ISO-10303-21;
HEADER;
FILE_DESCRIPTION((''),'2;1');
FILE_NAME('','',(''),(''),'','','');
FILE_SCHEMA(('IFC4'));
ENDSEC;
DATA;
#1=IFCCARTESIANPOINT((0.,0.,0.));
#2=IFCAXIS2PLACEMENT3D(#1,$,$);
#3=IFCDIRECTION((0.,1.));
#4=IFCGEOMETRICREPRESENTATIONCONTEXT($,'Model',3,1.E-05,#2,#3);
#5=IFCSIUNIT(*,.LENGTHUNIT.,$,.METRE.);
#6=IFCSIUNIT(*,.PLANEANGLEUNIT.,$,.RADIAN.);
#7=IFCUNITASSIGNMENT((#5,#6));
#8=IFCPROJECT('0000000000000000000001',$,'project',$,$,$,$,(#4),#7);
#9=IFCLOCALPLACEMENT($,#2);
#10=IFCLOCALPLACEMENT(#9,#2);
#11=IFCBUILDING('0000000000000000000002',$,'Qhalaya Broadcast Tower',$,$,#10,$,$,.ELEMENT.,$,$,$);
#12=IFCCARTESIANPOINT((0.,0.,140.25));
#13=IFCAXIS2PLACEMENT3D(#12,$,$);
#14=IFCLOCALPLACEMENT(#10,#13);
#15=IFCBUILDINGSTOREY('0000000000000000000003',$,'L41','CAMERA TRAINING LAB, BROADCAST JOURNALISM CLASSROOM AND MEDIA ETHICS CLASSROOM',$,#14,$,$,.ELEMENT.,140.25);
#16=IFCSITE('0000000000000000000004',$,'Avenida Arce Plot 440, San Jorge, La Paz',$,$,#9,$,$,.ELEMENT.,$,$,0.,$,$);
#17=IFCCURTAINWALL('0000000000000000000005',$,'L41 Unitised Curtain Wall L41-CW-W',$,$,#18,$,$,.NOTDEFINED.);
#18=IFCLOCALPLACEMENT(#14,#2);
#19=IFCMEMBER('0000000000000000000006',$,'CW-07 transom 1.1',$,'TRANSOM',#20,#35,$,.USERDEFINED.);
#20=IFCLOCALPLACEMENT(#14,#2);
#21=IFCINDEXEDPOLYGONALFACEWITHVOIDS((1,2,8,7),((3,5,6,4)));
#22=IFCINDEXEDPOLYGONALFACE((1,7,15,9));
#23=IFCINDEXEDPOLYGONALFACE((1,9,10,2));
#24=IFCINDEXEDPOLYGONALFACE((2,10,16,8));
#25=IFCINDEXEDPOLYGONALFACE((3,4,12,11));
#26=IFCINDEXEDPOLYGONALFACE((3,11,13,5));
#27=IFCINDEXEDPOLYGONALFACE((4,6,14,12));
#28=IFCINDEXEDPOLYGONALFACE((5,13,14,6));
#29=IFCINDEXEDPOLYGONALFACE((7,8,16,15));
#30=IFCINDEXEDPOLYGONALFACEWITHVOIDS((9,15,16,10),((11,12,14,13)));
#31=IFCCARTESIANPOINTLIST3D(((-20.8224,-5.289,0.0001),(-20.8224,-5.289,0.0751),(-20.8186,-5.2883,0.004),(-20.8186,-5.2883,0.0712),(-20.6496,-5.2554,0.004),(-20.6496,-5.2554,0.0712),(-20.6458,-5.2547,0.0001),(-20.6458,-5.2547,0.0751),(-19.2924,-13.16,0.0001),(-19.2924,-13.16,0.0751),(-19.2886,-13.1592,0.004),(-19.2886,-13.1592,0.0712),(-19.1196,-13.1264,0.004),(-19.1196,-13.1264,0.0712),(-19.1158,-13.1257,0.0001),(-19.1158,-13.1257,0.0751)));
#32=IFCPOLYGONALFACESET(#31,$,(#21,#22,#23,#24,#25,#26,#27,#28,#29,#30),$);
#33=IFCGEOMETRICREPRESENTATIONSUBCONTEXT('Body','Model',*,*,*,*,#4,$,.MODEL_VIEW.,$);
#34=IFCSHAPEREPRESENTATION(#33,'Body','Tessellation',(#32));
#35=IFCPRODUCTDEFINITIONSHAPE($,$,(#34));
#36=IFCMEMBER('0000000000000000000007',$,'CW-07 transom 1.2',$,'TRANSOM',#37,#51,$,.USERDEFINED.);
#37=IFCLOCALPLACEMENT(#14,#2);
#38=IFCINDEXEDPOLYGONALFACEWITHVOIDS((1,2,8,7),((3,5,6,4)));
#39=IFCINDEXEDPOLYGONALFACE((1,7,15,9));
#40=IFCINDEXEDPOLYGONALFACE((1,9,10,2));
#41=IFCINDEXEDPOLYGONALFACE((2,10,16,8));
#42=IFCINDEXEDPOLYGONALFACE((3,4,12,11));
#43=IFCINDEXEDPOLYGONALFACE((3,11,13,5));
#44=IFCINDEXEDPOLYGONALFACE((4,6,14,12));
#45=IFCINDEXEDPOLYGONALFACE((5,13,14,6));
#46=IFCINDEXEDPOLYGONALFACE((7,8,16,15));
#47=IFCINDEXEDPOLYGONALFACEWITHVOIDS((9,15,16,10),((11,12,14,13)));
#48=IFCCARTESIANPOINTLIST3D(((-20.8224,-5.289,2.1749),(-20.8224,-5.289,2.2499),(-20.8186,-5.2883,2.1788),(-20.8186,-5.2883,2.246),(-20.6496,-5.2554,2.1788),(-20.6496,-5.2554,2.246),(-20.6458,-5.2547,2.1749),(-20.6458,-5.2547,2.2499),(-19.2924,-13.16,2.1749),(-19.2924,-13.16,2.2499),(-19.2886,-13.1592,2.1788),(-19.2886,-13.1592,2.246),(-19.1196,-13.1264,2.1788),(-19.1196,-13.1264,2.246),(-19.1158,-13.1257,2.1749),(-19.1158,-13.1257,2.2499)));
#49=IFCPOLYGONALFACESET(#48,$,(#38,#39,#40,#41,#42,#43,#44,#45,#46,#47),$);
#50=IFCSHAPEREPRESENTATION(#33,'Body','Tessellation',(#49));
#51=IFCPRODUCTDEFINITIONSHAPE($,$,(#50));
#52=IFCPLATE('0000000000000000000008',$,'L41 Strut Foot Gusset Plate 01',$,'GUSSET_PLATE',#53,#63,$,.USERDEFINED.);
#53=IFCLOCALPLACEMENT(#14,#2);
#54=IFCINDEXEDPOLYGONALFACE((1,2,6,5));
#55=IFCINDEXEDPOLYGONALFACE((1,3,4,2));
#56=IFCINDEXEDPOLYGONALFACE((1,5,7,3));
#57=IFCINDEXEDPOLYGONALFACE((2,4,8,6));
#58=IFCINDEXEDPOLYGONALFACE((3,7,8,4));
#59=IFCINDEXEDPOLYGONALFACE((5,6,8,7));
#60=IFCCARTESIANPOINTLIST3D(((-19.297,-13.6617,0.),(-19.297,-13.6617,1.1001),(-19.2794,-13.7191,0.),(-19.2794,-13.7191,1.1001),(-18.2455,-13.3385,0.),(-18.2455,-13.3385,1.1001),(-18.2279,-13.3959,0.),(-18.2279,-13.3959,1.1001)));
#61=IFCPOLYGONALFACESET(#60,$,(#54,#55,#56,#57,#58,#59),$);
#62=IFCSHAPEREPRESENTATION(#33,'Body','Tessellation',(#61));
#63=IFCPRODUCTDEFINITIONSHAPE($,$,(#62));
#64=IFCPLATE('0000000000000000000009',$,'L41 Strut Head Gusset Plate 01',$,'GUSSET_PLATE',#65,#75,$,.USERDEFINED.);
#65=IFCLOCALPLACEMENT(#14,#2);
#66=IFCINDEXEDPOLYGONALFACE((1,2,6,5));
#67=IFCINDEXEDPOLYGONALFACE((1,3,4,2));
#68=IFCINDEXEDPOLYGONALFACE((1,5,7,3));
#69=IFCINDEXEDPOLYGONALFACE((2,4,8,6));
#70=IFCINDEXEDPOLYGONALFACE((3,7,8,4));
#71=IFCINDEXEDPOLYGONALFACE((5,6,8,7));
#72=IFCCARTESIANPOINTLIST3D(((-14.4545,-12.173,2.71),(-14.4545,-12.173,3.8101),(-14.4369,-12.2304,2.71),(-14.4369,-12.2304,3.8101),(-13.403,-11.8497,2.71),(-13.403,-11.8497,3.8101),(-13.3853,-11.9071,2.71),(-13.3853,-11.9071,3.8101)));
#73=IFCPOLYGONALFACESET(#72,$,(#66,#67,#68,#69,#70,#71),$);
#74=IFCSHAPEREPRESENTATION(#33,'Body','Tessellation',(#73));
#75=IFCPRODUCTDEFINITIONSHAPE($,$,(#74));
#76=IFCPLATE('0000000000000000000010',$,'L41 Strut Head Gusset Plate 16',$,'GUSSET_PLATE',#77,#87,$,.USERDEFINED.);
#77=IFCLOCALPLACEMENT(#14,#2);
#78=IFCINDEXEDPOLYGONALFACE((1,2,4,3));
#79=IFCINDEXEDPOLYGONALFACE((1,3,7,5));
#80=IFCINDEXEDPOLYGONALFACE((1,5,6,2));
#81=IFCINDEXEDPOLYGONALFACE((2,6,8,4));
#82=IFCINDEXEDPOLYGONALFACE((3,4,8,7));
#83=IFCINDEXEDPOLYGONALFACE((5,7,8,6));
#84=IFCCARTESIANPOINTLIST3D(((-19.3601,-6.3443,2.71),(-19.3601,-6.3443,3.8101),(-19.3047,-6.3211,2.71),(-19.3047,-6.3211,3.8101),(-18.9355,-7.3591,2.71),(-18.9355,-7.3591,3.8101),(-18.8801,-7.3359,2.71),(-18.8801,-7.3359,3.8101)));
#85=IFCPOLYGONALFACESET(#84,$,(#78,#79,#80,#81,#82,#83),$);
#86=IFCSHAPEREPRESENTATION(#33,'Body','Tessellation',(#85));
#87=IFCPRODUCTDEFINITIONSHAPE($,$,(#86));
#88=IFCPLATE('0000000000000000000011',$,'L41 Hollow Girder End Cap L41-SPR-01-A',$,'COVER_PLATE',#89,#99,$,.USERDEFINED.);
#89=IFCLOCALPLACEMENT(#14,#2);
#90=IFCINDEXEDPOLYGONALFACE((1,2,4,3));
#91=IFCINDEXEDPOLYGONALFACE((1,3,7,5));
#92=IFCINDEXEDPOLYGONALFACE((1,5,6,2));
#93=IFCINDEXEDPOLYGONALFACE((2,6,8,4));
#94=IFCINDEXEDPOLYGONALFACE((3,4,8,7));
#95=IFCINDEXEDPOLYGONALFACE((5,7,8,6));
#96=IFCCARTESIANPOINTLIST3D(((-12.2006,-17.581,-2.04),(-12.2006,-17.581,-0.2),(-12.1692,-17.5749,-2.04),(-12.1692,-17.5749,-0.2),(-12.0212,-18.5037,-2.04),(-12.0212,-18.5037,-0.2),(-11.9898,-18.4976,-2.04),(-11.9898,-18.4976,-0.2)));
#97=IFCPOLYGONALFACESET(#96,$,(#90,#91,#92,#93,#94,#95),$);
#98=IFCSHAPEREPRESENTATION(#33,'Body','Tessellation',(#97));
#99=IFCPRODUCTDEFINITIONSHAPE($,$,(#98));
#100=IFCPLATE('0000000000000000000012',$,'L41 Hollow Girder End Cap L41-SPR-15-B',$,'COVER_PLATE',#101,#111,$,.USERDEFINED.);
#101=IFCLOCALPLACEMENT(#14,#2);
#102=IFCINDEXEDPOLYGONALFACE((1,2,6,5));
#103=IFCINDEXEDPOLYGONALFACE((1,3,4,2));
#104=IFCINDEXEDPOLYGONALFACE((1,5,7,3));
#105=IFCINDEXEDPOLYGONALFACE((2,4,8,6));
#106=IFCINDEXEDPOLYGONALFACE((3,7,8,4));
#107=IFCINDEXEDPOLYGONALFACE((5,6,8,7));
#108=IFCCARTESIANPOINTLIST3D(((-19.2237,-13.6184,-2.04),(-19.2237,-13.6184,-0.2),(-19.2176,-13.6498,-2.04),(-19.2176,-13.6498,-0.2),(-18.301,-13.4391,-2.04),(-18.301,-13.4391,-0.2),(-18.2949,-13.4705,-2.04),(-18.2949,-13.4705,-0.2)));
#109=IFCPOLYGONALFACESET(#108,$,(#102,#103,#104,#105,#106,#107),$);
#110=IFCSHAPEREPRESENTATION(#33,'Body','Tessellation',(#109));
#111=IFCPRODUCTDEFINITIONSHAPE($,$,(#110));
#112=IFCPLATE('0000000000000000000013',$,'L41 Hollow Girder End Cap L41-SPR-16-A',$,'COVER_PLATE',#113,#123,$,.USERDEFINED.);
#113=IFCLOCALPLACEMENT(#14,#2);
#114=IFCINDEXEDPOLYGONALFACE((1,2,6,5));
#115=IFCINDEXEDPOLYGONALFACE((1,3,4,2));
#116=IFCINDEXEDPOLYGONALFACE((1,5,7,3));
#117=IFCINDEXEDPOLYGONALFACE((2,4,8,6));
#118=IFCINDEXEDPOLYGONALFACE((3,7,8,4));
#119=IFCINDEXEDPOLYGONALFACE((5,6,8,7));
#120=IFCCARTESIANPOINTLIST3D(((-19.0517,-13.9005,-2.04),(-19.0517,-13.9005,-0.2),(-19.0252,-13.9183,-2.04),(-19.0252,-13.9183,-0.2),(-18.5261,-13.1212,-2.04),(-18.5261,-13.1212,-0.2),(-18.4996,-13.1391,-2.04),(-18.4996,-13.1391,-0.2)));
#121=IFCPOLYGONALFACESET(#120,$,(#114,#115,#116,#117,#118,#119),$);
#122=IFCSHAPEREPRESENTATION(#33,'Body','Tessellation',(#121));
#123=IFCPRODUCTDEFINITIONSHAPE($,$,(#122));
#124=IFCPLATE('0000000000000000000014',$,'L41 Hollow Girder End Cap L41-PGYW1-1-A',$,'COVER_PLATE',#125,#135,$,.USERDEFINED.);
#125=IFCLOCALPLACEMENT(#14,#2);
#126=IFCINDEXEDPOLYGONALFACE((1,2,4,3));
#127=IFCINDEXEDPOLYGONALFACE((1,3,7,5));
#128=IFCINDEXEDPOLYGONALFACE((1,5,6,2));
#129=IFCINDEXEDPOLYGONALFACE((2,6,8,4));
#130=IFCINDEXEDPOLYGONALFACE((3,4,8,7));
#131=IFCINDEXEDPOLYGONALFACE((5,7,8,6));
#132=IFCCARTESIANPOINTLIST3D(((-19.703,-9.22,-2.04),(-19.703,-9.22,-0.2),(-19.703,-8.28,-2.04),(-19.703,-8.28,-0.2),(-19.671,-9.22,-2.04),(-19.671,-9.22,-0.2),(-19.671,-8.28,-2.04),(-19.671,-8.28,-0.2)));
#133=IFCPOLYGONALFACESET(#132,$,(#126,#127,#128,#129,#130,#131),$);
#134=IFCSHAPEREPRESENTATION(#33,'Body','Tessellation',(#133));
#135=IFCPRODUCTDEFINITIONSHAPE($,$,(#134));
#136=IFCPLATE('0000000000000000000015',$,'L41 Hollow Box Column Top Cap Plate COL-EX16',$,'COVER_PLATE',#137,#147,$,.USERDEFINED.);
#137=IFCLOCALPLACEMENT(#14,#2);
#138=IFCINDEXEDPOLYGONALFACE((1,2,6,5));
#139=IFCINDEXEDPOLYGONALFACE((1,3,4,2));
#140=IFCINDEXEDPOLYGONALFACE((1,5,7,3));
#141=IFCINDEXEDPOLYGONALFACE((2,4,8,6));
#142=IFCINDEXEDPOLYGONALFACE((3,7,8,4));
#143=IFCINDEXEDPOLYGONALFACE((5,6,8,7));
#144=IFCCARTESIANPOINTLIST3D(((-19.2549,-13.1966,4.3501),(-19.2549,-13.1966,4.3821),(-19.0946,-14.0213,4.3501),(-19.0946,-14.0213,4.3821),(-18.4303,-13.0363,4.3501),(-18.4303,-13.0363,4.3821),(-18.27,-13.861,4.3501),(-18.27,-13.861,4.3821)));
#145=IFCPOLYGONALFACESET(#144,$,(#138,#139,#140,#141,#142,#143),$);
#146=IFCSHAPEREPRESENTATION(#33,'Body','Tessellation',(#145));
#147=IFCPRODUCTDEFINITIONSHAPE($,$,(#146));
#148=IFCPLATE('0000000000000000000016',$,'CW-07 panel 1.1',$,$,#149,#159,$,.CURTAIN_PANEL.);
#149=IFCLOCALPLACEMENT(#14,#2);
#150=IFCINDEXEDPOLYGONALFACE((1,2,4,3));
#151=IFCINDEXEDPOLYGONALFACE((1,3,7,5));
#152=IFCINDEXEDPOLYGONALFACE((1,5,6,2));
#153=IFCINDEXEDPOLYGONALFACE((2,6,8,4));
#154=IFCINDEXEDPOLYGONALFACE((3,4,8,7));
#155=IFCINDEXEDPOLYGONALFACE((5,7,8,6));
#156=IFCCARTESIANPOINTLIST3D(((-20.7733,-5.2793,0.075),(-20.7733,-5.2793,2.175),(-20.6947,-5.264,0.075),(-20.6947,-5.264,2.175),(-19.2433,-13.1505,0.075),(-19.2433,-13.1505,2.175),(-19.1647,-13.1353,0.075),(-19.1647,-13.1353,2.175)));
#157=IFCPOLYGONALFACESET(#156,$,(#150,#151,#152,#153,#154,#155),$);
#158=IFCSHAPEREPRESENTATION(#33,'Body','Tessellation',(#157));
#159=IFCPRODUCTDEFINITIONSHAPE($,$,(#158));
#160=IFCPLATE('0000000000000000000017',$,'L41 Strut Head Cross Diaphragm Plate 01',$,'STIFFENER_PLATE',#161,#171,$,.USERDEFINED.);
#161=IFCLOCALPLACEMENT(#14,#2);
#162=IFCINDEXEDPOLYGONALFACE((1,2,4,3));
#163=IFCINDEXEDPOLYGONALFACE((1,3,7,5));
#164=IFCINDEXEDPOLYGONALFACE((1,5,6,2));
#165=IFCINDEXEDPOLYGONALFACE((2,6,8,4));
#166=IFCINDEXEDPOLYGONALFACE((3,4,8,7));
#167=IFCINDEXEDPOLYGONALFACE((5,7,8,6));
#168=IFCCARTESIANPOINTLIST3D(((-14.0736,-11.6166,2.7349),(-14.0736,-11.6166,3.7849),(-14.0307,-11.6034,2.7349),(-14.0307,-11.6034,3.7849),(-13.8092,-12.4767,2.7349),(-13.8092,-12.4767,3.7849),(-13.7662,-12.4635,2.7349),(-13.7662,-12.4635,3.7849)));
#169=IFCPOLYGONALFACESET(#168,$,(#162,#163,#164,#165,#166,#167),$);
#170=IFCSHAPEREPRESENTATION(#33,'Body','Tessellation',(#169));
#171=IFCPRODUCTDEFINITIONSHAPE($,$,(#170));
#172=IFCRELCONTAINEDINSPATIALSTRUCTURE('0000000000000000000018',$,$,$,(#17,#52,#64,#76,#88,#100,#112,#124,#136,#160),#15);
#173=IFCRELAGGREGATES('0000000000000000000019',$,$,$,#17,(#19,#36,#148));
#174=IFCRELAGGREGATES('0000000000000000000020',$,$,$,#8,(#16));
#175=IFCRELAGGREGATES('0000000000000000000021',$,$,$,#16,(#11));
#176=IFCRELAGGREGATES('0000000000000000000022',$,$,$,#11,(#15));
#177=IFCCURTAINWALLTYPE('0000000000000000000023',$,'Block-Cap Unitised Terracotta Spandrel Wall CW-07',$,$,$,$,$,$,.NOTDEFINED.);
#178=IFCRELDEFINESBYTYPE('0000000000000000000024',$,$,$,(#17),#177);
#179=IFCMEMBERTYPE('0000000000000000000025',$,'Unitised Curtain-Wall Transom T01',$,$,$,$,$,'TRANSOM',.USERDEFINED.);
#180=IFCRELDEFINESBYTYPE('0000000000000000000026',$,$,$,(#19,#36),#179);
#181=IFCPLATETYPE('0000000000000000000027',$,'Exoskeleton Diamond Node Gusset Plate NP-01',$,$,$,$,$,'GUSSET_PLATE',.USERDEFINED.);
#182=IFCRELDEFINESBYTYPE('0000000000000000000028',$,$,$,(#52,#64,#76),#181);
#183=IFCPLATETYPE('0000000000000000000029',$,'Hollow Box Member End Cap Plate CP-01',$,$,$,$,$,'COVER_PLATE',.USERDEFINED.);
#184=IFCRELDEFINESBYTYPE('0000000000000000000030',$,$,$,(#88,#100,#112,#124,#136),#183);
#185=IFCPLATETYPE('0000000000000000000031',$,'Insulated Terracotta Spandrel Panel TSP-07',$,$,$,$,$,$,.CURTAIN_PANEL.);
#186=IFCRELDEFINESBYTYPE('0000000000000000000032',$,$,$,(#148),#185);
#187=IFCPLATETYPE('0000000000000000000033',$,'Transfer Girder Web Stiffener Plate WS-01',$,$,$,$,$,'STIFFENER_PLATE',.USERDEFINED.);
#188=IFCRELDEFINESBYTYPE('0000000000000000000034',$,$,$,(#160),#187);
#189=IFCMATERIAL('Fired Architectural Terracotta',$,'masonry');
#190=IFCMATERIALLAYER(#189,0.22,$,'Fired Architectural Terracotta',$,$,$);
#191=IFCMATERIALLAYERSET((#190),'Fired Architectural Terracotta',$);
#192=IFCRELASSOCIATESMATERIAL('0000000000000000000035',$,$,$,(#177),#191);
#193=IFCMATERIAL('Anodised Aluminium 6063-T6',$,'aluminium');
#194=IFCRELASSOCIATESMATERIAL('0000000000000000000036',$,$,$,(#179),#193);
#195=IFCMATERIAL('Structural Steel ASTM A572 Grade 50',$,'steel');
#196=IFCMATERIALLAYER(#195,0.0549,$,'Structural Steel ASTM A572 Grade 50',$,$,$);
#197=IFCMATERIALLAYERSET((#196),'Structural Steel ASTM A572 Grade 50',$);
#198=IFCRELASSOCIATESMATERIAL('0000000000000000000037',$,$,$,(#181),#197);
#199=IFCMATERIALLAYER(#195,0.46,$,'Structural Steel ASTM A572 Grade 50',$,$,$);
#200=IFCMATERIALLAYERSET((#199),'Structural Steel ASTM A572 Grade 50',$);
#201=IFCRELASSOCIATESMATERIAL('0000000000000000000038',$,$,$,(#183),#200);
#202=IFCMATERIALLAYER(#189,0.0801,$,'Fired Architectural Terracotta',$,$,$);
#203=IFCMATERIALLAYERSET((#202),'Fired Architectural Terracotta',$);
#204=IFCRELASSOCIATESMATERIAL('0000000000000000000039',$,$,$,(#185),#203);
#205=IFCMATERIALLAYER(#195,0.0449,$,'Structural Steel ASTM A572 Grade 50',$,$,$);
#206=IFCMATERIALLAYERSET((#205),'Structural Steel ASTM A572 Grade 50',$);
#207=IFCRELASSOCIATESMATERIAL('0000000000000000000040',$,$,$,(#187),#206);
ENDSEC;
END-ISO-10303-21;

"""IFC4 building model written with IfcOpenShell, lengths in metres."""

from ifc_helpers import new_model, si_unit, direction, frame, origin, origin_2d, place, context, subcontext, project, spatial, rectangle, hollow_rectangle, extrude, material, layer, layer_set, material_profile, profile_set, type_object, element, aggregate, save


model = new_model("IFC4")

# Units and contexts
model_context = context("Model", 3, precision=1e-05, world=origin(), true_north=direction((0.0, 1.0)))
body_context = subcontext(model_context, "Body", "Model", "MODEL_VIEW")
ifc_project = project(units=[si_unit("LENGTHUNIT", "METRE"), si_unit("PLANEANGLEUNIT", "RADIAN")], contexts=[model_context])

# Site, building, storey
site_placement = place(None, origin())
site = spatial("IfcSite", under=ifc_project, at=site_placement, Name="Avenida Arce Plot 440, San Jorge, La Paz", CompositionType="ELEMENT", RefElevation=0.0)
building_placement = place(site_placement, origin())
building = spatial("IfcBuilding", under=site, at=building_placement, Name="Qhalaya Broadcast Tower", CompositionType="ELEMENT")
storey_placement = place(building_placement, frame((0.0, 0.0, 140.25)))
storey = spatial("IfcBuildingStorey", under=building, at=storey_placement, Name="L41", Description="CAMERA TRAINING LAB, BROADCAST JOURNALISM CLASSROOM AND MEDIA ETHICS CLASSROOM", CompositionType="ELEMENT", Elevation=140.25)

# Shared definitions
ifc_material_1 = material(Name="Structural Steel ASTM A572 Grade 50", Category="steel")

# Curtain wall, members
ifc_material_2 = material(Name="Fired Architectural Terracotta", Category="masonry")
ifc_layer_1 = layer(ifc_material_2, 0.22, Name="Fired Architectural Terracotta")
ifc_layer_set_1 = layer_set([ifc_layer_1], Name="Fired Architectural Terracotta")
curtain_wall_type = type_object("IfcCurtainWallType", Name="Block-Cap Unitised Terracotta Spandrel Wall CW-07", PredefinedType="NOTDEFINED", material=ifc_layer_set_1)
curtain_wall_placement = place(storey_placement, origin())
curtain_wall = element("IfcCurtainWall", 1, at=curtain_wall_placement, inside=storey, type_object=curtain_wall_type, Name="L41 Unitised Curtain Wall L41-CW-W", PredefinedType="NOTDEFINED")
ifc_material_3 = material(Name="Anodised Aluminium 6063-T6", Category="aluminium")
ifc_material_profile_1 = material_profile(ifc_material_3, hollow_rectangle(XDim=0.075, YDim=0.1799, WallThickness=0.0039, at=origin_2d()), Name="ALU-TRN 75x180x4")
ifc_profile_set_1 = profile_set([ifc_material_profile_1], Name="Anodised Aluminium 6063-T6")
member_type_1 = type_object("IfcMemberType", Name="Unitised Curtain-Wall Transom T01", ElementType="TRANSOM", PredefinedType="USERDEFINED", material=ifc_profile_set_1)
member_1_placement = place(storey_placement, frame((-19.2041, -13.1428, 0.0376), z_axis=(-0.190814, 0.981626, 0.0), x_axis=(0.0, 0.0, 1.0)))
member_1 = element("IfcMember", 2, at=member_1_placement, type_object=member_type_1, Name="CW-07 transom 1.1", ObjectType="TRANSOM", PredefinedType="USERDEFINED", context=body_context, shape_type="SweptSolid", body=[
    extrude(hollow_rectangle(XDim=0.075, YDim=0.1799, WallThickness=0.0039, at=origin_2d()), origin(), (0.0, 0.0, 1.0), 8.0183),
])
member_2_placement = place(storey_placement, frame((-19.2041, -13.1428, 2.2124), z_axis=(-0.190814, 0.981626, 0.0), x_axis=(0.0, 0.0, 1.0)))
member_2 = element("IfcMember", 3, at=member_2_placement, type_object=member_type_1, Name="CW-07 transom 1.2", ObjectType="TRANSOM", PredefinedType="USERDEFINED", context=body_context, shape_type="SweptSolid", body=[
    extrude(hollow_rectangle(XDim=0.075, YDim=0.1799, WallThickness=0.0039, at=origin_2d()), origin(), (0.0, 0.0, 1.0), 8.0183),
])

# Plates
ifc_layer_2 = layer(ifc_material_1, 0.0549, Name="Structural Steel ASTM A572 Grade 50")
ifc_layer_set_2 = layer_set([ifc_layer_2], Name="Structural Steel ASTM A572 Grade 50")
plate_type_1 = type_object("IfcPlateType", Name="Exoskeleton Diamond Node Gusset Plate NP-01", ElementType="GUSSET_PLATE", PredefinedType="USERDEFINED", material=ifc_layer_set_2)
for number, where, z_axis, x_axis, name in (
    (4, (-18.7625, -13.5288, 0.0), (0.0, 0.0, 1.0), (0.955849, 0.293857, 0.0), "L41 Strut Foot Gusset Plate 01"),
    (5, (-13.9199, -12.04, 2.71), (0.0, 0.0, 1.0), (0.955849, 0.293857, 0.0), "L41 Strut Head Gusset Plate 01"),
    (6, (-19.1201, -6.8401, 2.71), (0.0, 0.0, 1.0), (0.385987, -0.922504, 0.0), "L41 Strut Head Gusset Plate 16"),
):
    element("IfcPlate", number, at=place(storey_placement, frame(where, z_axis=z_axis, x_axis=x_axis)), inside=storey, type_object=plate_type_1, Name=name, ObjectType="GUSSET_PLATE", PredefinedType="USERDEFINED", context=body_context, shape_type="SweptSolid", body=[
        extrude(rectangle(XDim=1.1001, YDim=0.0601, at=origin_2d()), origin(), (0.0, 0.0, 1.0), 1.1001),
    ])
ifc_layer_3 = layer(ifc_material_1, 0.46, Name="Structural Steel ASTM A572 Grade 50")
ifc_layer_set_3 = layer_set([ifc_layer_3], Name="Structural Steel ASTM A572 Grade 50")
plate_type_2 = type_object("IfcPlateType", Name="Hollow Box Member End Cap Plate CP-01", ElementType="COVER_PLATE", PredefinedType="USERDEFINED", material=ifc_layer_set_3)
for number, where, z_axis, x_axis, name in (
    (7, (-12.0952, -18.0393, -2.04), (0.0, 0.0, 1.0), (-0.190809, 0.981627, 0.0), "L41 Hollow Girder End Cap L41-SPR-01-A"),
    (8, (-18.7593, -13.5444, -2.04), (0.0, 0.0, 1.0), (0.981627, 0.190809, 0.0), "L41 Hollow Girder End Cap L41-SPR-15-B"),
    (9, (-18.7756, -13.5198, -2.04), (0.0, 0.0, 1.0), (0.559193, 0.829038, 0.0), "L41 Hollow Girder End Cap L41-SPR-16-A"),
    (10, (-19.687, -8.75, -2.04), (0.0, 0.0, 1.0), (0.0, 1.0, 0.0), "L41 Hollow Girder End Cap L41-PGYW1-1-A"),
):
    element("IfcPlate", number, at=place(storey_placement, frame(where, z_axis=z_axis, x_axis=x_axis)), inside=storey, type_object=plate_type_2, Name=name, ObjectType="COVER_PLATE", PredefinedType="USERDEFINED", context=body_context, shape_type="SweptSolid", body=[
        extrude(rectangle(XDim=0.9399, YDim=0.032, at=origin_2d()), origin(), (0.0, 0.0, 1.0), 1.8401),
    ])
plate_1_placement = place(storey_placement, frame((-18.7625, -13.5288, 4.3501), z_axis=(0.0, 0.0, 1.0), x_axis=(-0.190809, 0.981627, 0.0)))
element("IfcPlate", 11, at=plate_1_placement, inside=storey, type_object=plate_type_2, Name="L41 Hollow Box Column Top Cap Plate COL-EX16", ObjectType="COVER_PLATE", PredefinedType="USERDEFINED", context=body_context, shape_type="SweptSolid", body=[
    extrude(rectangle(XDim=0.8401, YDim=0.8401, at=origin_2d()), origin(), (0.0, 0.0, 1.0), 0.032),
])

# Plates
ifc_layer_4 = layer(ifc_material_2, 0.0801, Name="Fired Architectural Terracotta")
ifc_layer_set_4 = layer_set([ifc_layer_4], Name="Fired Architectural Terracotta")
plate_type_3 = type_object("IfcPlateType", Name="Insulated Terracotta Spandrel Panel TSP-07", PredefinedType="CURTAIN_PANEL", material=ifc_layer_set_4)
plate_2_placement = place(storey_placement, frame((-19.969, -9.2073, 0.075), z_axis=(0.0, 0.0, 1.0), x_axis=(-0.19081, 0.981627, 0.0)))
plate_2 = element("IfcPlate", 12, at=plate_2_placement, type_object=plate_type_3, Name="CW-07 panel 1.1", PredefinedType="CURTAIN_PANEL", context=body_context, shape_type="SweptSolid", body=[
    extrude(rectangle(XDim=8.0186, YDim=0.0801, at=origin_2d()), origin(), (0.0, 0.0, 1.0), 2.1001),
])
aggregate(curtain_wall, [member_1, member_2, plate_2])
ifc_layer_5 = layer(ifc_material_1, 0.0449, Name="Structural Steel ASTM A572 Grade 50")
ifc_layer_set_5 = layer_set([ifc_layer_5], Name="Structural Steel ASTM A572 Grade 50")
plate_type_4 = type_object("IfcPlateType", Name="Transfer Girder Web Stiffener Plate WS-01", ElementType="STIFFENER_PLATE", PredefinedType="USERDEFINED", material=ifc_layer_set_5)
plate_3_placement = place(storey_placement, frame((-13.9199, -12.04, 2.7349), z_axis=(0.0, 0.0, 1.0), x_axis=(-0.293857, 0.955849, 0.0)))
element("IfcPlate", 13, at=plate_3_placement, inside=storey, type_object=plate_type_4, Name="L41 Strut Head Cross Diaphragm Plate 01", ObjectType="STIFFENER_PLATE", PredefinedType="USERDEFINED", context=body_context, shape_type="SweptSolid", body=[
    extrude(rectangle(XDim=0.8999, YDim=0.0449, at=origin_2d()), origin(), (0.0, 0.0, 1.0), 1.05),
])

save(model, "model.ifc")
